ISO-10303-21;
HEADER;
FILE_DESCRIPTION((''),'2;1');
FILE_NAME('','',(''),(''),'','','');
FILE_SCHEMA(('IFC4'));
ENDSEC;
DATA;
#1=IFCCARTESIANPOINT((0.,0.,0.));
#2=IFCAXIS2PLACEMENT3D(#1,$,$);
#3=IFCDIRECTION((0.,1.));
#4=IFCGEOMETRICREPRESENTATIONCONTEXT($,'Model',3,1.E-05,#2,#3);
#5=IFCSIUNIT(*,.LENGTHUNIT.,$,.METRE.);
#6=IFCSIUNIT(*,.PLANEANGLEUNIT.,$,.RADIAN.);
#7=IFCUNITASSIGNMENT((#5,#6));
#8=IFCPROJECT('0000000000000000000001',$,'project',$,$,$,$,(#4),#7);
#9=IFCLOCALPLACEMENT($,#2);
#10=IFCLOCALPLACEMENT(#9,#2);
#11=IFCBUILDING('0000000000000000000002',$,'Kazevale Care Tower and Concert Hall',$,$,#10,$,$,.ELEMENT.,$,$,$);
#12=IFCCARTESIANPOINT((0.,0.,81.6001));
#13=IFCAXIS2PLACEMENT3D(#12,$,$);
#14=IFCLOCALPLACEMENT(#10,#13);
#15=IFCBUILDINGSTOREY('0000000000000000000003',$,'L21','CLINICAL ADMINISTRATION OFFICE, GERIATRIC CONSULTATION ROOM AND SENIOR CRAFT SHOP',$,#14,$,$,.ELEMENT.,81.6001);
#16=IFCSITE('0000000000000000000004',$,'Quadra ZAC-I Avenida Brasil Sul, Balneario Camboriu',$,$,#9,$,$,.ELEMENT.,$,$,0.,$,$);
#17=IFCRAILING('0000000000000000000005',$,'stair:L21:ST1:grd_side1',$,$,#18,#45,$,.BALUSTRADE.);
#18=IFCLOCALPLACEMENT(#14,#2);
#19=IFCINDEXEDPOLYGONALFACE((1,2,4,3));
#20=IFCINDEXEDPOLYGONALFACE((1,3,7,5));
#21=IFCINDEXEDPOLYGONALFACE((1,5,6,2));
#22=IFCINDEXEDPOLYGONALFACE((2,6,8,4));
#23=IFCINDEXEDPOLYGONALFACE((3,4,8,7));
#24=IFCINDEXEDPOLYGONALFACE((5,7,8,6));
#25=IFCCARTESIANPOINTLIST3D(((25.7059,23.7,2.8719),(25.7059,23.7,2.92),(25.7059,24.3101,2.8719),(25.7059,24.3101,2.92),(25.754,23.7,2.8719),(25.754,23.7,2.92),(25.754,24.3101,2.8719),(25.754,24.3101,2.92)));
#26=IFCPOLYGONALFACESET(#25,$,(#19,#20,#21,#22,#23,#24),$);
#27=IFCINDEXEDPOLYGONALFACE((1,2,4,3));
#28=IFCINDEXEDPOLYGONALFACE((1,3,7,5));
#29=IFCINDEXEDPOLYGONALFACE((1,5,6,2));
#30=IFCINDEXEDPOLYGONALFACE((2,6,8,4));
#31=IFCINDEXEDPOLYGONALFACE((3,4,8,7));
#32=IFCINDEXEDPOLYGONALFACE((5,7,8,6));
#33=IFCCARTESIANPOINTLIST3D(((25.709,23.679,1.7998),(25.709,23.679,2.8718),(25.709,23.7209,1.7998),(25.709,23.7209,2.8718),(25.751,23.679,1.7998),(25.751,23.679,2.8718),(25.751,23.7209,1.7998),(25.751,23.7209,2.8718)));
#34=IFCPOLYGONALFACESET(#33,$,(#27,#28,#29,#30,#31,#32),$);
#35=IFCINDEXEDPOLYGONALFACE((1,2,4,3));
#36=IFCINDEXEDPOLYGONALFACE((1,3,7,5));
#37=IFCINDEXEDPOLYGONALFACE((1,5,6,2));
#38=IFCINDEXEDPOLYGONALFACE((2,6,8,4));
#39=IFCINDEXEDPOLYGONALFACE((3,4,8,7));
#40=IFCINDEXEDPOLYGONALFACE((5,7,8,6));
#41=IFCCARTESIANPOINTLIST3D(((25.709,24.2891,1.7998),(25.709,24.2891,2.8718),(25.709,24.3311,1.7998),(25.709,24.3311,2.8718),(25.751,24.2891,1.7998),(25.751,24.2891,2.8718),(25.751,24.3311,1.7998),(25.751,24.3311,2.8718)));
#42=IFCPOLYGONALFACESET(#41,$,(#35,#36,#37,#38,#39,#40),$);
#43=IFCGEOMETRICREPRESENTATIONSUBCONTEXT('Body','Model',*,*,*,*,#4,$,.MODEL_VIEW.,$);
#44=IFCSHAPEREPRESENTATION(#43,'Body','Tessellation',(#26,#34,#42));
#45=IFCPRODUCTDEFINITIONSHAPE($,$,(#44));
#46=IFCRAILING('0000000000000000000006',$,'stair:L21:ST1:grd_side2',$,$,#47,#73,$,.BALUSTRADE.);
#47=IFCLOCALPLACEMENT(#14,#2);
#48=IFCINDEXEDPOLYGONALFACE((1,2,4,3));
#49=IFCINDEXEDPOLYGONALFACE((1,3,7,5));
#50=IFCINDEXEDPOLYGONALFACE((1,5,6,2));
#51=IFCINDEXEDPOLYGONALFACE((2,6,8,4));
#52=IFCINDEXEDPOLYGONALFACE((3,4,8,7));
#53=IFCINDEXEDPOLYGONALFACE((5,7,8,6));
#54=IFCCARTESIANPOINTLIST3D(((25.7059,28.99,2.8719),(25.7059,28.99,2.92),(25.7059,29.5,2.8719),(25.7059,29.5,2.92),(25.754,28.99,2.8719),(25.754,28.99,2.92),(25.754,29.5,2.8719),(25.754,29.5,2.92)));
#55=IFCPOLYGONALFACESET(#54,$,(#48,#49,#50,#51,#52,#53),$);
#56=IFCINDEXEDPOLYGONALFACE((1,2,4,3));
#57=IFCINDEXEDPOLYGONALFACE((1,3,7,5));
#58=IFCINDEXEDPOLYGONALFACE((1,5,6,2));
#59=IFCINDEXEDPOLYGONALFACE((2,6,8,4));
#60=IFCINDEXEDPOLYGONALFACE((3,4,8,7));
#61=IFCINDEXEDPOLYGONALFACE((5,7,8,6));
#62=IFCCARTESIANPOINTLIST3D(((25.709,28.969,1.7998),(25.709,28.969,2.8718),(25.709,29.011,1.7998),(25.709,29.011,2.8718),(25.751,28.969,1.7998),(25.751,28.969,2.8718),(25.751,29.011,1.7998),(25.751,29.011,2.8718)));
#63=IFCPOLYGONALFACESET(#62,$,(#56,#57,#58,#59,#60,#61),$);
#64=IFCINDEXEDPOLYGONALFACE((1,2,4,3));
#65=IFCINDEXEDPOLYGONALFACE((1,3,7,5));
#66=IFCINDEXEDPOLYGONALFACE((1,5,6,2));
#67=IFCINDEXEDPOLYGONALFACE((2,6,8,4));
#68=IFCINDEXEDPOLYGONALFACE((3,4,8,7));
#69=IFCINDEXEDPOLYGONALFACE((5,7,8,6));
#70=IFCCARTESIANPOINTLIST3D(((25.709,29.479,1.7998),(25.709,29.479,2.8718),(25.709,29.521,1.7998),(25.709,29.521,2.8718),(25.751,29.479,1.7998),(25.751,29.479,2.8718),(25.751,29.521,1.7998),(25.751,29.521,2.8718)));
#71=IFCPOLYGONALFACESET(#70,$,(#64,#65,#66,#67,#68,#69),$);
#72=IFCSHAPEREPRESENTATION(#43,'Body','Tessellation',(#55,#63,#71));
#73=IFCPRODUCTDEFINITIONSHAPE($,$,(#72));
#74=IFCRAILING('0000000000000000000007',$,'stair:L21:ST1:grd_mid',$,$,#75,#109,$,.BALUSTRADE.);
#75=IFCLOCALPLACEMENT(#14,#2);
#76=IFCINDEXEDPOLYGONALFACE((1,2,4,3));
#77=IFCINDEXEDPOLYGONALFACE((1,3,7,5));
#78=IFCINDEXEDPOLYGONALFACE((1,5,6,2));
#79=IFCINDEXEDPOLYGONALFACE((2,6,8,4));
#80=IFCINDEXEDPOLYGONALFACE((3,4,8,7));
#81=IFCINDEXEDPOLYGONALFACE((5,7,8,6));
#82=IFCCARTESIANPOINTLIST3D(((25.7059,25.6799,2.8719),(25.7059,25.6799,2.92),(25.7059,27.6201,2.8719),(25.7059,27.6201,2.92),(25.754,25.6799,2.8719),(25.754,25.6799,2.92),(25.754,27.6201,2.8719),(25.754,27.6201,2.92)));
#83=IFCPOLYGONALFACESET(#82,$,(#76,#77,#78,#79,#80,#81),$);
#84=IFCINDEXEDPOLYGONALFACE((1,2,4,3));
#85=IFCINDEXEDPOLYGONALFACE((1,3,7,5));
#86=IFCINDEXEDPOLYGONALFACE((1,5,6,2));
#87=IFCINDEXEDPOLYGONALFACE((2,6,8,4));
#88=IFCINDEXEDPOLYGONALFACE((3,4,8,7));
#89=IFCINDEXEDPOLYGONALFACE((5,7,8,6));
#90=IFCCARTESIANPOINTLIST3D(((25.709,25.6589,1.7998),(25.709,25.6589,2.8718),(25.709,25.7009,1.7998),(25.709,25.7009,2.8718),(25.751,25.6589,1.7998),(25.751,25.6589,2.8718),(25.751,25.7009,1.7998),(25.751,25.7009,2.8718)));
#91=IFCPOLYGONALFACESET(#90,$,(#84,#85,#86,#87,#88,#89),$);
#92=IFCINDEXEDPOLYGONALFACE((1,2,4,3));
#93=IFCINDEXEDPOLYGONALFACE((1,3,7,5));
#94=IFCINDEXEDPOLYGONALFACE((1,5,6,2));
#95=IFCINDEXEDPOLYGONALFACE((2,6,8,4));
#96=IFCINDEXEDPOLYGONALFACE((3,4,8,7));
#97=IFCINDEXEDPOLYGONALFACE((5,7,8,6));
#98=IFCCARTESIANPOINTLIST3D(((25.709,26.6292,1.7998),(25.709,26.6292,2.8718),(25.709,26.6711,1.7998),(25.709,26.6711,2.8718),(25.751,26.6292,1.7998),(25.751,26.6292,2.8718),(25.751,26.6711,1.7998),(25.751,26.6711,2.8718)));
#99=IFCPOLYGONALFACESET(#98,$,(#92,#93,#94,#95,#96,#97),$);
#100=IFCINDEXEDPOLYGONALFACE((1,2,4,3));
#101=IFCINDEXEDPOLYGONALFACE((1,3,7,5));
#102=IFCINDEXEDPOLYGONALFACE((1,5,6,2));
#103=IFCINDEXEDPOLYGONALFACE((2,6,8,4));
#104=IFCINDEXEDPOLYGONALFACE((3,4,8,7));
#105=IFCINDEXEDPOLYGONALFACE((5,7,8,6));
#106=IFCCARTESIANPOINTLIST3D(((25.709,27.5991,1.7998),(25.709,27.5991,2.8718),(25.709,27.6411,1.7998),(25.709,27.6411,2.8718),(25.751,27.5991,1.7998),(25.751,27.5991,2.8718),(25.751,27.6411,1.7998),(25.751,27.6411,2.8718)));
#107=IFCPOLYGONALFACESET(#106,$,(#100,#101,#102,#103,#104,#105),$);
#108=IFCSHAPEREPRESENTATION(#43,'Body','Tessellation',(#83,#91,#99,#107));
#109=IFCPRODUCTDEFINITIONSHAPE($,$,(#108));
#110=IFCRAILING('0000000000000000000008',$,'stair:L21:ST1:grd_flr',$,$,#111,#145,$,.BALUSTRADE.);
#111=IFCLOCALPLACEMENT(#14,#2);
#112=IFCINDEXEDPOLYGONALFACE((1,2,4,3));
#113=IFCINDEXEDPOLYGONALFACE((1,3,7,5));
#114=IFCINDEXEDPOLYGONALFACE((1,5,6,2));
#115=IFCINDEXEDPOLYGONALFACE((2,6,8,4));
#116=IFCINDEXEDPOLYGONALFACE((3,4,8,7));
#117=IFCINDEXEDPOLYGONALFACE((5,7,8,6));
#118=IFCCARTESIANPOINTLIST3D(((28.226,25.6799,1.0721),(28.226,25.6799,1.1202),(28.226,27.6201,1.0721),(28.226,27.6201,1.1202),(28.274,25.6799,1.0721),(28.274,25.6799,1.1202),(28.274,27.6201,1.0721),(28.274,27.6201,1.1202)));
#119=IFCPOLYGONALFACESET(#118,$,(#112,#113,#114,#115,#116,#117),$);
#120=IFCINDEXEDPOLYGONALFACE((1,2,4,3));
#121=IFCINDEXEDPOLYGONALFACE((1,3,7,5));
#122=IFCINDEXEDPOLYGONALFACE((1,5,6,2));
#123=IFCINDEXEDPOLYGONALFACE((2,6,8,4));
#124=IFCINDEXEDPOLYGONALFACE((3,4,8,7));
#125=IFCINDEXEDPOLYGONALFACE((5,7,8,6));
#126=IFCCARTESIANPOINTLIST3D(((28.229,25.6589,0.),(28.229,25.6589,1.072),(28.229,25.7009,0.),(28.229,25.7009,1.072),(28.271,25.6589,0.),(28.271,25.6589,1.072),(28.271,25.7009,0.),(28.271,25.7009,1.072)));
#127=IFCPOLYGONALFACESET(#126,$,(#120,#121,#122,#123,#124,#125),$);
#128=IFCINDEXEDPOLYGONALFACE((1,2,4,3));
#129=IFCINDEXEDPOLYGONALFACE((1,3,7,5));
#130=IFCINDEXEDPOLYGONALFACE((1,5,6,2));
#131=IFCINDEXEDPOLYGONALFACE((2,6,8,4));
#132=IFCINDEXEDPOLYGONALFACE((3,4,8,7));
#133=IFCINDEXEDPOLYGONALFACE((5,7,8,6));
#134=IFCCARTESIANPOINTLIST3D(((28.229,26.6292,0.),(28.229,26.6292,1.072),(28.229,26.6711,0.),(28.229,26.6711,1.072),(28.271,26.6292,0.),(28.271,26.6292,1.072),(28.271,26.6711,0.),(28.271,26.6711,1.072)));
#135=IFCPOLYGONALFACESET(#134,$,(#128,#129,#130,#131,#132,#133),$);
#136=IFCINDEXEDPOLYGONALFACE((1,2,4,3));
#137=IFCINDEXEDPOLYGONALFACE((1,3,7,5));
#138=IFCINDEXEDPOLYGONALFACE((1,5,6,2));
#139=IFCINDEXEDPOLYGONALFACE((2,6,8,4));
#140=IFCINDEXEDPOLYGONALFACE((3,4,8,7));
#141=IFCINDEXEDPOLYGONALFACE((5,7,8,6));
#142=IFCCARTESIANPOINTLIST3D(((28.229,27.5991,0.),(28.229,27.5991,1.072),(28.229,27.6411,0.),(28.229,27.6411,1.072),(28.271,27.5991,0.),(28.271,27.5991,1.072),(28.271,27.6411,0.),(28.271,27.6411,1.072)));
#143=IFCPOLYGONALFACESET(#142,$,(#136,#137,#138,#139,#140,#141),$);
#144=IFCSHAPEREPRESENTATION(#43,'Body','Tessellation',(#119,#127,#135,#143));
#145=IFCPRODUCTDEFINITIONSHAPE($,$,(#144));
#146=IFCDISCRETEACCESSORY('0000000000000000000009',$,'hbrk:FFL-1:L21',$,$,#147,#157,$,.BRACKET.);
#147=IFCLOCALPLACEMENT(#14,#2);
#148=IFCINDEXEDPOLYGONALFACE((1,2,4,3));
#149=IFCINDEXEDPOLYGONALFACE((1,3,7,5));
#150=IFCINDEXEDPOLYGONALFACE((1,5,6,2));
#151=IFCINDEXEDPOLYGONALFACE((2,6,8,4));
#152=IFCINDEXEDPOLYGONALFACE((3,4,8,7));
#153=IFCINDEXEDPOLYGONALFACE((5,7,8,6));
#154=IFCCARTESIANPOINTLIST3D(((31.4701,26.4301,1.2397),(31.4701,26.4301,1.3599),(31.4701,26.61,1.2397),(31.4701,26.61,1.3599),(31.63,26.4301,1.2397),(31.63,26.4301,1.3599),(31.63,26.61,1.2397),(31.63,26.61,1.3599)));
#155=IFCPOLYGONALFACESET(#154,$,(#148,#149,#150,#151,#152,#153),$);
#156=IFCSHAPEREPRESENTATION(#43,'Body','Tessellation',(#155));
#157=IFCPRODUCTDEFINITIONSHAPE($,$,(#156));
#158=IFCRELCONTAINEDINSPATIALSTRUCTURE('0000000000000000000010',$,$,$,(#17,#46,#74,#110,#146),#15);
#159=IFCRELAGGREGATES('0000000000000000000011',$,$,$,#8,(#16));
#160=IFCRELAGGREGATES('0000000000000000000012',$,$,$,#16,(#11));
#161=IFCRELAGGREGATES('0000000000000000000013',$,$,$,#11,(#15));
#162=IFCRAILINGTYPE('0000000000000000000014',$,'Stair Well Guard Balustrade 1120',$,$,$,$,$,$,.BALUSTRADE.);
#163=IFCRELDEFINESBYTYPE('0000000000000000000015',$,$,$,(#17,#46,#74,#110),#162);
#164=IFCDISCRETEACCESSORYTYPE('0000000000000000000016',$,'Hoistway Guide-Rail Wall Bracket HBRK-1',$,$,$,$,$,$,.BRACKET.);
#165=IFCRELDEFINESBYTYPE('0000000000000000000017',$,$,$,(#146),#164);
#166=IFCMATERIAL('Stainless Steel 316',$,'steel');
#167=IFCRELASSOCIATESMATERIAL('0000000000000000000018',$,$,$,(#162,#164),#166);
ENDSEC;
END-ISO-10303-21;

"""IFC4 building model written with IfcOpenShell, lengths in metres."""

from ifc_helpers import new_model, si_unit, direction, frame, origin, origin_2d, place, context, subcontext, project, spatial, rectangle, extrude, material, type_object, element, save


model = new_model("IFC4")

# Units and contexts
model_context = context("Model", 3, precision=1e-05, world=origin(), true_north=direction((0.0, 1.0)))
body_context = subcontext(model_context, "Body", "Model", "MODEL_VIEW")
ifc_project = project(units=[si_unit("LENGTHUNIT", "METRE"), si_unit("PLANEANGLEUNIT", "RADIAN")], contexts=[model_context])

# Site, building, storey
site_placement = place(None, origin())
site = spatial("IfcSite", under=ifc_project, at=site_placement, Name="Quadra ZAC-I Avenida Brasil Sul, Balneario Camboriu", CompositionType="ELEMENT", RefElevation=0.0)
building_placement = place(site_placement, origin())
building = spatial("IfcBuilding", under=site, at=building_placement, Name="Kazevale Care Tower and Concert Hall", CompositionType="ELEMENT")
storey_placement = place(building_placement, frame((0.0, 0.0, 81.6001)))
storey = spatial("IfcBuildingStorey", under=building, at=storey_placement, Name="L21", Description="CLINICAL ADMINISTRATION OFFICE, GERIATRIC CONSULTATION ROOM AND SENIOR CRAFT SHOP", CompositionType="ELEMENT", Elevation=81.6001)

# Shared definitions
ifc_material_1 = material(Name="Stainless Steel 316", Category="steel")

# Railings
railing_type_1 = type_object("IfcRailingType", Name="Stair Well Guard Balustrade 1120", PredefinedType="BALUSTRADE", material=ifc_material_1)
railing_1_placement = place(storey_placement, frame((25.73, 23.7, 1.7998)))
element("IfcRailing", 1, at=railing_1_placement, inside=storey, type_object=railing_type_1, Name="stair:L21:ST1:grd_side1", PredefinedType="BALUSTRADE", context=body_context, shape_type="SweptSolid", body=[
    extrude(rectangle(XDim=0.0481, YDim=0.0481, at=origin_2d()), frame((0.0, 0.0, 1.0962), z_axis=(0.0, 1.0, 0.0), x_axis=(-1.0, 0.0, 0.0)), (0.0, 0.0, 1.0), 0.6101),
    extrude(rectangle(XDim=0.042, YDim=0.042, at=origin_2d()), origin(), (0.0, 0.0, 1.0), 1.072),
    extrude(rectangle(XDim=0.042, YDim=0.042, at=origin_2d()), frame((0.0, 0.6101, 0.0)), (0.0, 0.0, 1.0), 1.072),
])
railing_2_placement = place(storey_placement, frame((25.73, 28.99, 1.7998)))
element("IfcRailing", 2, at=railing_2_placement, inside=storey, type_object=railing_type_1, Name="stair:L21:ST1:grd_side2", PredefinedType="BALUSTRADE", context=body_context, shape_type="SweptSolid", body=[
    extrude(rectangle(XDim=0.0481, YDim=0.0481, at=origin_2d()), frame((0.0, 0.0, 1.0962), z_axis=(0.0, 1.0, 0.0), x_axis=(-1.0, 0.0, 0.0)), (0.0, 0.0, 1.0), 0.51),
    extrude(rectangle(XDim=0.042, YDim=0.042, at=origin_2d()), origin(), (0.0, 0.0, 1.0), 1.072),
    extrude(rectangle(XDim=0.042, YDim=0.042, at=origin_2d()), frame((0.0, 0.51, 0.0)), (0.0, 0.0, 1.0), 1.072),
])
for number, where, name in (
    (3, (25.73, 25.6799, 1.7998), "stair:L21:ST1:grd_mid"),
    (4, (28.25, 25.6799, 0.0), "stair:L21:ST1:grd_flr"),
):
    element("IfcRailing", number, at=place(storey_placement, frame(where)), inside=storey, type_object=railing_type_1, Name=name, PredefinedType="BALUSTRADE", context=body_context, shape_type="SweptSolid", body=[
        extrude(rectangle(XDim=0.0481, YDim=0.0481, at=origin_2d()), frame((0.0, 0.0, 1.0962), z_axis=(0.0, 1.0, 0.0), x_axis=(-1.0, 0.0, 0.0)), (0.0, 0.0, 1.0), 1.9402),
        extrude(rectangle(XDim=0.042, YDim=0.042, at=origin_2d()), origin(), (0.0, 0.0, 1.0), 1.072),
        extrude(rectangle(XDim=0.042, YDim=0.042, at=origin_2d()), frame((0.0, 0.9702, 0.0)), (0.0, 0.0, 1.0), 1.072),
        extrude(rectangle(XDim=0.042, YDim=0.042, at=origin_2d()), frame((0.0, 1.9402, 0.0)), (0.0, 0.0, 1.0), 1.072),
    ])

# Discrete accessory
discrete_accessory_type = type_object("IfcDiscreteAccessoryType", Name="Hoistway Guide-Rail Wall Bracket HBRK-1", PredefinedType="BRACKET", material=ifc_material_1)
discrete_accessory_placement = place(storey_placement, frame((31.55, 26.52, 1.2397), z_axis=(0.0, 0.0, 1.0), x_axis=(1.0, 0.0, 0.0)))
element("IfcDiscreteAccessory", 5, at=discrete_accessory_placement, inside=storey, type_object=discrete_accessory_type, Name="hbrk:FFL-1:L21", PredefinedType="BRACKET", context=body_context, shape_type="SweptSolid", body=[
    extrude(rectangle(XDim=0.1599, YDim=0.1799, at=origin_2d()), origin(), (0.0, 0.0, 1.0), 0.1201),
])

save(model, "model.ifc")
